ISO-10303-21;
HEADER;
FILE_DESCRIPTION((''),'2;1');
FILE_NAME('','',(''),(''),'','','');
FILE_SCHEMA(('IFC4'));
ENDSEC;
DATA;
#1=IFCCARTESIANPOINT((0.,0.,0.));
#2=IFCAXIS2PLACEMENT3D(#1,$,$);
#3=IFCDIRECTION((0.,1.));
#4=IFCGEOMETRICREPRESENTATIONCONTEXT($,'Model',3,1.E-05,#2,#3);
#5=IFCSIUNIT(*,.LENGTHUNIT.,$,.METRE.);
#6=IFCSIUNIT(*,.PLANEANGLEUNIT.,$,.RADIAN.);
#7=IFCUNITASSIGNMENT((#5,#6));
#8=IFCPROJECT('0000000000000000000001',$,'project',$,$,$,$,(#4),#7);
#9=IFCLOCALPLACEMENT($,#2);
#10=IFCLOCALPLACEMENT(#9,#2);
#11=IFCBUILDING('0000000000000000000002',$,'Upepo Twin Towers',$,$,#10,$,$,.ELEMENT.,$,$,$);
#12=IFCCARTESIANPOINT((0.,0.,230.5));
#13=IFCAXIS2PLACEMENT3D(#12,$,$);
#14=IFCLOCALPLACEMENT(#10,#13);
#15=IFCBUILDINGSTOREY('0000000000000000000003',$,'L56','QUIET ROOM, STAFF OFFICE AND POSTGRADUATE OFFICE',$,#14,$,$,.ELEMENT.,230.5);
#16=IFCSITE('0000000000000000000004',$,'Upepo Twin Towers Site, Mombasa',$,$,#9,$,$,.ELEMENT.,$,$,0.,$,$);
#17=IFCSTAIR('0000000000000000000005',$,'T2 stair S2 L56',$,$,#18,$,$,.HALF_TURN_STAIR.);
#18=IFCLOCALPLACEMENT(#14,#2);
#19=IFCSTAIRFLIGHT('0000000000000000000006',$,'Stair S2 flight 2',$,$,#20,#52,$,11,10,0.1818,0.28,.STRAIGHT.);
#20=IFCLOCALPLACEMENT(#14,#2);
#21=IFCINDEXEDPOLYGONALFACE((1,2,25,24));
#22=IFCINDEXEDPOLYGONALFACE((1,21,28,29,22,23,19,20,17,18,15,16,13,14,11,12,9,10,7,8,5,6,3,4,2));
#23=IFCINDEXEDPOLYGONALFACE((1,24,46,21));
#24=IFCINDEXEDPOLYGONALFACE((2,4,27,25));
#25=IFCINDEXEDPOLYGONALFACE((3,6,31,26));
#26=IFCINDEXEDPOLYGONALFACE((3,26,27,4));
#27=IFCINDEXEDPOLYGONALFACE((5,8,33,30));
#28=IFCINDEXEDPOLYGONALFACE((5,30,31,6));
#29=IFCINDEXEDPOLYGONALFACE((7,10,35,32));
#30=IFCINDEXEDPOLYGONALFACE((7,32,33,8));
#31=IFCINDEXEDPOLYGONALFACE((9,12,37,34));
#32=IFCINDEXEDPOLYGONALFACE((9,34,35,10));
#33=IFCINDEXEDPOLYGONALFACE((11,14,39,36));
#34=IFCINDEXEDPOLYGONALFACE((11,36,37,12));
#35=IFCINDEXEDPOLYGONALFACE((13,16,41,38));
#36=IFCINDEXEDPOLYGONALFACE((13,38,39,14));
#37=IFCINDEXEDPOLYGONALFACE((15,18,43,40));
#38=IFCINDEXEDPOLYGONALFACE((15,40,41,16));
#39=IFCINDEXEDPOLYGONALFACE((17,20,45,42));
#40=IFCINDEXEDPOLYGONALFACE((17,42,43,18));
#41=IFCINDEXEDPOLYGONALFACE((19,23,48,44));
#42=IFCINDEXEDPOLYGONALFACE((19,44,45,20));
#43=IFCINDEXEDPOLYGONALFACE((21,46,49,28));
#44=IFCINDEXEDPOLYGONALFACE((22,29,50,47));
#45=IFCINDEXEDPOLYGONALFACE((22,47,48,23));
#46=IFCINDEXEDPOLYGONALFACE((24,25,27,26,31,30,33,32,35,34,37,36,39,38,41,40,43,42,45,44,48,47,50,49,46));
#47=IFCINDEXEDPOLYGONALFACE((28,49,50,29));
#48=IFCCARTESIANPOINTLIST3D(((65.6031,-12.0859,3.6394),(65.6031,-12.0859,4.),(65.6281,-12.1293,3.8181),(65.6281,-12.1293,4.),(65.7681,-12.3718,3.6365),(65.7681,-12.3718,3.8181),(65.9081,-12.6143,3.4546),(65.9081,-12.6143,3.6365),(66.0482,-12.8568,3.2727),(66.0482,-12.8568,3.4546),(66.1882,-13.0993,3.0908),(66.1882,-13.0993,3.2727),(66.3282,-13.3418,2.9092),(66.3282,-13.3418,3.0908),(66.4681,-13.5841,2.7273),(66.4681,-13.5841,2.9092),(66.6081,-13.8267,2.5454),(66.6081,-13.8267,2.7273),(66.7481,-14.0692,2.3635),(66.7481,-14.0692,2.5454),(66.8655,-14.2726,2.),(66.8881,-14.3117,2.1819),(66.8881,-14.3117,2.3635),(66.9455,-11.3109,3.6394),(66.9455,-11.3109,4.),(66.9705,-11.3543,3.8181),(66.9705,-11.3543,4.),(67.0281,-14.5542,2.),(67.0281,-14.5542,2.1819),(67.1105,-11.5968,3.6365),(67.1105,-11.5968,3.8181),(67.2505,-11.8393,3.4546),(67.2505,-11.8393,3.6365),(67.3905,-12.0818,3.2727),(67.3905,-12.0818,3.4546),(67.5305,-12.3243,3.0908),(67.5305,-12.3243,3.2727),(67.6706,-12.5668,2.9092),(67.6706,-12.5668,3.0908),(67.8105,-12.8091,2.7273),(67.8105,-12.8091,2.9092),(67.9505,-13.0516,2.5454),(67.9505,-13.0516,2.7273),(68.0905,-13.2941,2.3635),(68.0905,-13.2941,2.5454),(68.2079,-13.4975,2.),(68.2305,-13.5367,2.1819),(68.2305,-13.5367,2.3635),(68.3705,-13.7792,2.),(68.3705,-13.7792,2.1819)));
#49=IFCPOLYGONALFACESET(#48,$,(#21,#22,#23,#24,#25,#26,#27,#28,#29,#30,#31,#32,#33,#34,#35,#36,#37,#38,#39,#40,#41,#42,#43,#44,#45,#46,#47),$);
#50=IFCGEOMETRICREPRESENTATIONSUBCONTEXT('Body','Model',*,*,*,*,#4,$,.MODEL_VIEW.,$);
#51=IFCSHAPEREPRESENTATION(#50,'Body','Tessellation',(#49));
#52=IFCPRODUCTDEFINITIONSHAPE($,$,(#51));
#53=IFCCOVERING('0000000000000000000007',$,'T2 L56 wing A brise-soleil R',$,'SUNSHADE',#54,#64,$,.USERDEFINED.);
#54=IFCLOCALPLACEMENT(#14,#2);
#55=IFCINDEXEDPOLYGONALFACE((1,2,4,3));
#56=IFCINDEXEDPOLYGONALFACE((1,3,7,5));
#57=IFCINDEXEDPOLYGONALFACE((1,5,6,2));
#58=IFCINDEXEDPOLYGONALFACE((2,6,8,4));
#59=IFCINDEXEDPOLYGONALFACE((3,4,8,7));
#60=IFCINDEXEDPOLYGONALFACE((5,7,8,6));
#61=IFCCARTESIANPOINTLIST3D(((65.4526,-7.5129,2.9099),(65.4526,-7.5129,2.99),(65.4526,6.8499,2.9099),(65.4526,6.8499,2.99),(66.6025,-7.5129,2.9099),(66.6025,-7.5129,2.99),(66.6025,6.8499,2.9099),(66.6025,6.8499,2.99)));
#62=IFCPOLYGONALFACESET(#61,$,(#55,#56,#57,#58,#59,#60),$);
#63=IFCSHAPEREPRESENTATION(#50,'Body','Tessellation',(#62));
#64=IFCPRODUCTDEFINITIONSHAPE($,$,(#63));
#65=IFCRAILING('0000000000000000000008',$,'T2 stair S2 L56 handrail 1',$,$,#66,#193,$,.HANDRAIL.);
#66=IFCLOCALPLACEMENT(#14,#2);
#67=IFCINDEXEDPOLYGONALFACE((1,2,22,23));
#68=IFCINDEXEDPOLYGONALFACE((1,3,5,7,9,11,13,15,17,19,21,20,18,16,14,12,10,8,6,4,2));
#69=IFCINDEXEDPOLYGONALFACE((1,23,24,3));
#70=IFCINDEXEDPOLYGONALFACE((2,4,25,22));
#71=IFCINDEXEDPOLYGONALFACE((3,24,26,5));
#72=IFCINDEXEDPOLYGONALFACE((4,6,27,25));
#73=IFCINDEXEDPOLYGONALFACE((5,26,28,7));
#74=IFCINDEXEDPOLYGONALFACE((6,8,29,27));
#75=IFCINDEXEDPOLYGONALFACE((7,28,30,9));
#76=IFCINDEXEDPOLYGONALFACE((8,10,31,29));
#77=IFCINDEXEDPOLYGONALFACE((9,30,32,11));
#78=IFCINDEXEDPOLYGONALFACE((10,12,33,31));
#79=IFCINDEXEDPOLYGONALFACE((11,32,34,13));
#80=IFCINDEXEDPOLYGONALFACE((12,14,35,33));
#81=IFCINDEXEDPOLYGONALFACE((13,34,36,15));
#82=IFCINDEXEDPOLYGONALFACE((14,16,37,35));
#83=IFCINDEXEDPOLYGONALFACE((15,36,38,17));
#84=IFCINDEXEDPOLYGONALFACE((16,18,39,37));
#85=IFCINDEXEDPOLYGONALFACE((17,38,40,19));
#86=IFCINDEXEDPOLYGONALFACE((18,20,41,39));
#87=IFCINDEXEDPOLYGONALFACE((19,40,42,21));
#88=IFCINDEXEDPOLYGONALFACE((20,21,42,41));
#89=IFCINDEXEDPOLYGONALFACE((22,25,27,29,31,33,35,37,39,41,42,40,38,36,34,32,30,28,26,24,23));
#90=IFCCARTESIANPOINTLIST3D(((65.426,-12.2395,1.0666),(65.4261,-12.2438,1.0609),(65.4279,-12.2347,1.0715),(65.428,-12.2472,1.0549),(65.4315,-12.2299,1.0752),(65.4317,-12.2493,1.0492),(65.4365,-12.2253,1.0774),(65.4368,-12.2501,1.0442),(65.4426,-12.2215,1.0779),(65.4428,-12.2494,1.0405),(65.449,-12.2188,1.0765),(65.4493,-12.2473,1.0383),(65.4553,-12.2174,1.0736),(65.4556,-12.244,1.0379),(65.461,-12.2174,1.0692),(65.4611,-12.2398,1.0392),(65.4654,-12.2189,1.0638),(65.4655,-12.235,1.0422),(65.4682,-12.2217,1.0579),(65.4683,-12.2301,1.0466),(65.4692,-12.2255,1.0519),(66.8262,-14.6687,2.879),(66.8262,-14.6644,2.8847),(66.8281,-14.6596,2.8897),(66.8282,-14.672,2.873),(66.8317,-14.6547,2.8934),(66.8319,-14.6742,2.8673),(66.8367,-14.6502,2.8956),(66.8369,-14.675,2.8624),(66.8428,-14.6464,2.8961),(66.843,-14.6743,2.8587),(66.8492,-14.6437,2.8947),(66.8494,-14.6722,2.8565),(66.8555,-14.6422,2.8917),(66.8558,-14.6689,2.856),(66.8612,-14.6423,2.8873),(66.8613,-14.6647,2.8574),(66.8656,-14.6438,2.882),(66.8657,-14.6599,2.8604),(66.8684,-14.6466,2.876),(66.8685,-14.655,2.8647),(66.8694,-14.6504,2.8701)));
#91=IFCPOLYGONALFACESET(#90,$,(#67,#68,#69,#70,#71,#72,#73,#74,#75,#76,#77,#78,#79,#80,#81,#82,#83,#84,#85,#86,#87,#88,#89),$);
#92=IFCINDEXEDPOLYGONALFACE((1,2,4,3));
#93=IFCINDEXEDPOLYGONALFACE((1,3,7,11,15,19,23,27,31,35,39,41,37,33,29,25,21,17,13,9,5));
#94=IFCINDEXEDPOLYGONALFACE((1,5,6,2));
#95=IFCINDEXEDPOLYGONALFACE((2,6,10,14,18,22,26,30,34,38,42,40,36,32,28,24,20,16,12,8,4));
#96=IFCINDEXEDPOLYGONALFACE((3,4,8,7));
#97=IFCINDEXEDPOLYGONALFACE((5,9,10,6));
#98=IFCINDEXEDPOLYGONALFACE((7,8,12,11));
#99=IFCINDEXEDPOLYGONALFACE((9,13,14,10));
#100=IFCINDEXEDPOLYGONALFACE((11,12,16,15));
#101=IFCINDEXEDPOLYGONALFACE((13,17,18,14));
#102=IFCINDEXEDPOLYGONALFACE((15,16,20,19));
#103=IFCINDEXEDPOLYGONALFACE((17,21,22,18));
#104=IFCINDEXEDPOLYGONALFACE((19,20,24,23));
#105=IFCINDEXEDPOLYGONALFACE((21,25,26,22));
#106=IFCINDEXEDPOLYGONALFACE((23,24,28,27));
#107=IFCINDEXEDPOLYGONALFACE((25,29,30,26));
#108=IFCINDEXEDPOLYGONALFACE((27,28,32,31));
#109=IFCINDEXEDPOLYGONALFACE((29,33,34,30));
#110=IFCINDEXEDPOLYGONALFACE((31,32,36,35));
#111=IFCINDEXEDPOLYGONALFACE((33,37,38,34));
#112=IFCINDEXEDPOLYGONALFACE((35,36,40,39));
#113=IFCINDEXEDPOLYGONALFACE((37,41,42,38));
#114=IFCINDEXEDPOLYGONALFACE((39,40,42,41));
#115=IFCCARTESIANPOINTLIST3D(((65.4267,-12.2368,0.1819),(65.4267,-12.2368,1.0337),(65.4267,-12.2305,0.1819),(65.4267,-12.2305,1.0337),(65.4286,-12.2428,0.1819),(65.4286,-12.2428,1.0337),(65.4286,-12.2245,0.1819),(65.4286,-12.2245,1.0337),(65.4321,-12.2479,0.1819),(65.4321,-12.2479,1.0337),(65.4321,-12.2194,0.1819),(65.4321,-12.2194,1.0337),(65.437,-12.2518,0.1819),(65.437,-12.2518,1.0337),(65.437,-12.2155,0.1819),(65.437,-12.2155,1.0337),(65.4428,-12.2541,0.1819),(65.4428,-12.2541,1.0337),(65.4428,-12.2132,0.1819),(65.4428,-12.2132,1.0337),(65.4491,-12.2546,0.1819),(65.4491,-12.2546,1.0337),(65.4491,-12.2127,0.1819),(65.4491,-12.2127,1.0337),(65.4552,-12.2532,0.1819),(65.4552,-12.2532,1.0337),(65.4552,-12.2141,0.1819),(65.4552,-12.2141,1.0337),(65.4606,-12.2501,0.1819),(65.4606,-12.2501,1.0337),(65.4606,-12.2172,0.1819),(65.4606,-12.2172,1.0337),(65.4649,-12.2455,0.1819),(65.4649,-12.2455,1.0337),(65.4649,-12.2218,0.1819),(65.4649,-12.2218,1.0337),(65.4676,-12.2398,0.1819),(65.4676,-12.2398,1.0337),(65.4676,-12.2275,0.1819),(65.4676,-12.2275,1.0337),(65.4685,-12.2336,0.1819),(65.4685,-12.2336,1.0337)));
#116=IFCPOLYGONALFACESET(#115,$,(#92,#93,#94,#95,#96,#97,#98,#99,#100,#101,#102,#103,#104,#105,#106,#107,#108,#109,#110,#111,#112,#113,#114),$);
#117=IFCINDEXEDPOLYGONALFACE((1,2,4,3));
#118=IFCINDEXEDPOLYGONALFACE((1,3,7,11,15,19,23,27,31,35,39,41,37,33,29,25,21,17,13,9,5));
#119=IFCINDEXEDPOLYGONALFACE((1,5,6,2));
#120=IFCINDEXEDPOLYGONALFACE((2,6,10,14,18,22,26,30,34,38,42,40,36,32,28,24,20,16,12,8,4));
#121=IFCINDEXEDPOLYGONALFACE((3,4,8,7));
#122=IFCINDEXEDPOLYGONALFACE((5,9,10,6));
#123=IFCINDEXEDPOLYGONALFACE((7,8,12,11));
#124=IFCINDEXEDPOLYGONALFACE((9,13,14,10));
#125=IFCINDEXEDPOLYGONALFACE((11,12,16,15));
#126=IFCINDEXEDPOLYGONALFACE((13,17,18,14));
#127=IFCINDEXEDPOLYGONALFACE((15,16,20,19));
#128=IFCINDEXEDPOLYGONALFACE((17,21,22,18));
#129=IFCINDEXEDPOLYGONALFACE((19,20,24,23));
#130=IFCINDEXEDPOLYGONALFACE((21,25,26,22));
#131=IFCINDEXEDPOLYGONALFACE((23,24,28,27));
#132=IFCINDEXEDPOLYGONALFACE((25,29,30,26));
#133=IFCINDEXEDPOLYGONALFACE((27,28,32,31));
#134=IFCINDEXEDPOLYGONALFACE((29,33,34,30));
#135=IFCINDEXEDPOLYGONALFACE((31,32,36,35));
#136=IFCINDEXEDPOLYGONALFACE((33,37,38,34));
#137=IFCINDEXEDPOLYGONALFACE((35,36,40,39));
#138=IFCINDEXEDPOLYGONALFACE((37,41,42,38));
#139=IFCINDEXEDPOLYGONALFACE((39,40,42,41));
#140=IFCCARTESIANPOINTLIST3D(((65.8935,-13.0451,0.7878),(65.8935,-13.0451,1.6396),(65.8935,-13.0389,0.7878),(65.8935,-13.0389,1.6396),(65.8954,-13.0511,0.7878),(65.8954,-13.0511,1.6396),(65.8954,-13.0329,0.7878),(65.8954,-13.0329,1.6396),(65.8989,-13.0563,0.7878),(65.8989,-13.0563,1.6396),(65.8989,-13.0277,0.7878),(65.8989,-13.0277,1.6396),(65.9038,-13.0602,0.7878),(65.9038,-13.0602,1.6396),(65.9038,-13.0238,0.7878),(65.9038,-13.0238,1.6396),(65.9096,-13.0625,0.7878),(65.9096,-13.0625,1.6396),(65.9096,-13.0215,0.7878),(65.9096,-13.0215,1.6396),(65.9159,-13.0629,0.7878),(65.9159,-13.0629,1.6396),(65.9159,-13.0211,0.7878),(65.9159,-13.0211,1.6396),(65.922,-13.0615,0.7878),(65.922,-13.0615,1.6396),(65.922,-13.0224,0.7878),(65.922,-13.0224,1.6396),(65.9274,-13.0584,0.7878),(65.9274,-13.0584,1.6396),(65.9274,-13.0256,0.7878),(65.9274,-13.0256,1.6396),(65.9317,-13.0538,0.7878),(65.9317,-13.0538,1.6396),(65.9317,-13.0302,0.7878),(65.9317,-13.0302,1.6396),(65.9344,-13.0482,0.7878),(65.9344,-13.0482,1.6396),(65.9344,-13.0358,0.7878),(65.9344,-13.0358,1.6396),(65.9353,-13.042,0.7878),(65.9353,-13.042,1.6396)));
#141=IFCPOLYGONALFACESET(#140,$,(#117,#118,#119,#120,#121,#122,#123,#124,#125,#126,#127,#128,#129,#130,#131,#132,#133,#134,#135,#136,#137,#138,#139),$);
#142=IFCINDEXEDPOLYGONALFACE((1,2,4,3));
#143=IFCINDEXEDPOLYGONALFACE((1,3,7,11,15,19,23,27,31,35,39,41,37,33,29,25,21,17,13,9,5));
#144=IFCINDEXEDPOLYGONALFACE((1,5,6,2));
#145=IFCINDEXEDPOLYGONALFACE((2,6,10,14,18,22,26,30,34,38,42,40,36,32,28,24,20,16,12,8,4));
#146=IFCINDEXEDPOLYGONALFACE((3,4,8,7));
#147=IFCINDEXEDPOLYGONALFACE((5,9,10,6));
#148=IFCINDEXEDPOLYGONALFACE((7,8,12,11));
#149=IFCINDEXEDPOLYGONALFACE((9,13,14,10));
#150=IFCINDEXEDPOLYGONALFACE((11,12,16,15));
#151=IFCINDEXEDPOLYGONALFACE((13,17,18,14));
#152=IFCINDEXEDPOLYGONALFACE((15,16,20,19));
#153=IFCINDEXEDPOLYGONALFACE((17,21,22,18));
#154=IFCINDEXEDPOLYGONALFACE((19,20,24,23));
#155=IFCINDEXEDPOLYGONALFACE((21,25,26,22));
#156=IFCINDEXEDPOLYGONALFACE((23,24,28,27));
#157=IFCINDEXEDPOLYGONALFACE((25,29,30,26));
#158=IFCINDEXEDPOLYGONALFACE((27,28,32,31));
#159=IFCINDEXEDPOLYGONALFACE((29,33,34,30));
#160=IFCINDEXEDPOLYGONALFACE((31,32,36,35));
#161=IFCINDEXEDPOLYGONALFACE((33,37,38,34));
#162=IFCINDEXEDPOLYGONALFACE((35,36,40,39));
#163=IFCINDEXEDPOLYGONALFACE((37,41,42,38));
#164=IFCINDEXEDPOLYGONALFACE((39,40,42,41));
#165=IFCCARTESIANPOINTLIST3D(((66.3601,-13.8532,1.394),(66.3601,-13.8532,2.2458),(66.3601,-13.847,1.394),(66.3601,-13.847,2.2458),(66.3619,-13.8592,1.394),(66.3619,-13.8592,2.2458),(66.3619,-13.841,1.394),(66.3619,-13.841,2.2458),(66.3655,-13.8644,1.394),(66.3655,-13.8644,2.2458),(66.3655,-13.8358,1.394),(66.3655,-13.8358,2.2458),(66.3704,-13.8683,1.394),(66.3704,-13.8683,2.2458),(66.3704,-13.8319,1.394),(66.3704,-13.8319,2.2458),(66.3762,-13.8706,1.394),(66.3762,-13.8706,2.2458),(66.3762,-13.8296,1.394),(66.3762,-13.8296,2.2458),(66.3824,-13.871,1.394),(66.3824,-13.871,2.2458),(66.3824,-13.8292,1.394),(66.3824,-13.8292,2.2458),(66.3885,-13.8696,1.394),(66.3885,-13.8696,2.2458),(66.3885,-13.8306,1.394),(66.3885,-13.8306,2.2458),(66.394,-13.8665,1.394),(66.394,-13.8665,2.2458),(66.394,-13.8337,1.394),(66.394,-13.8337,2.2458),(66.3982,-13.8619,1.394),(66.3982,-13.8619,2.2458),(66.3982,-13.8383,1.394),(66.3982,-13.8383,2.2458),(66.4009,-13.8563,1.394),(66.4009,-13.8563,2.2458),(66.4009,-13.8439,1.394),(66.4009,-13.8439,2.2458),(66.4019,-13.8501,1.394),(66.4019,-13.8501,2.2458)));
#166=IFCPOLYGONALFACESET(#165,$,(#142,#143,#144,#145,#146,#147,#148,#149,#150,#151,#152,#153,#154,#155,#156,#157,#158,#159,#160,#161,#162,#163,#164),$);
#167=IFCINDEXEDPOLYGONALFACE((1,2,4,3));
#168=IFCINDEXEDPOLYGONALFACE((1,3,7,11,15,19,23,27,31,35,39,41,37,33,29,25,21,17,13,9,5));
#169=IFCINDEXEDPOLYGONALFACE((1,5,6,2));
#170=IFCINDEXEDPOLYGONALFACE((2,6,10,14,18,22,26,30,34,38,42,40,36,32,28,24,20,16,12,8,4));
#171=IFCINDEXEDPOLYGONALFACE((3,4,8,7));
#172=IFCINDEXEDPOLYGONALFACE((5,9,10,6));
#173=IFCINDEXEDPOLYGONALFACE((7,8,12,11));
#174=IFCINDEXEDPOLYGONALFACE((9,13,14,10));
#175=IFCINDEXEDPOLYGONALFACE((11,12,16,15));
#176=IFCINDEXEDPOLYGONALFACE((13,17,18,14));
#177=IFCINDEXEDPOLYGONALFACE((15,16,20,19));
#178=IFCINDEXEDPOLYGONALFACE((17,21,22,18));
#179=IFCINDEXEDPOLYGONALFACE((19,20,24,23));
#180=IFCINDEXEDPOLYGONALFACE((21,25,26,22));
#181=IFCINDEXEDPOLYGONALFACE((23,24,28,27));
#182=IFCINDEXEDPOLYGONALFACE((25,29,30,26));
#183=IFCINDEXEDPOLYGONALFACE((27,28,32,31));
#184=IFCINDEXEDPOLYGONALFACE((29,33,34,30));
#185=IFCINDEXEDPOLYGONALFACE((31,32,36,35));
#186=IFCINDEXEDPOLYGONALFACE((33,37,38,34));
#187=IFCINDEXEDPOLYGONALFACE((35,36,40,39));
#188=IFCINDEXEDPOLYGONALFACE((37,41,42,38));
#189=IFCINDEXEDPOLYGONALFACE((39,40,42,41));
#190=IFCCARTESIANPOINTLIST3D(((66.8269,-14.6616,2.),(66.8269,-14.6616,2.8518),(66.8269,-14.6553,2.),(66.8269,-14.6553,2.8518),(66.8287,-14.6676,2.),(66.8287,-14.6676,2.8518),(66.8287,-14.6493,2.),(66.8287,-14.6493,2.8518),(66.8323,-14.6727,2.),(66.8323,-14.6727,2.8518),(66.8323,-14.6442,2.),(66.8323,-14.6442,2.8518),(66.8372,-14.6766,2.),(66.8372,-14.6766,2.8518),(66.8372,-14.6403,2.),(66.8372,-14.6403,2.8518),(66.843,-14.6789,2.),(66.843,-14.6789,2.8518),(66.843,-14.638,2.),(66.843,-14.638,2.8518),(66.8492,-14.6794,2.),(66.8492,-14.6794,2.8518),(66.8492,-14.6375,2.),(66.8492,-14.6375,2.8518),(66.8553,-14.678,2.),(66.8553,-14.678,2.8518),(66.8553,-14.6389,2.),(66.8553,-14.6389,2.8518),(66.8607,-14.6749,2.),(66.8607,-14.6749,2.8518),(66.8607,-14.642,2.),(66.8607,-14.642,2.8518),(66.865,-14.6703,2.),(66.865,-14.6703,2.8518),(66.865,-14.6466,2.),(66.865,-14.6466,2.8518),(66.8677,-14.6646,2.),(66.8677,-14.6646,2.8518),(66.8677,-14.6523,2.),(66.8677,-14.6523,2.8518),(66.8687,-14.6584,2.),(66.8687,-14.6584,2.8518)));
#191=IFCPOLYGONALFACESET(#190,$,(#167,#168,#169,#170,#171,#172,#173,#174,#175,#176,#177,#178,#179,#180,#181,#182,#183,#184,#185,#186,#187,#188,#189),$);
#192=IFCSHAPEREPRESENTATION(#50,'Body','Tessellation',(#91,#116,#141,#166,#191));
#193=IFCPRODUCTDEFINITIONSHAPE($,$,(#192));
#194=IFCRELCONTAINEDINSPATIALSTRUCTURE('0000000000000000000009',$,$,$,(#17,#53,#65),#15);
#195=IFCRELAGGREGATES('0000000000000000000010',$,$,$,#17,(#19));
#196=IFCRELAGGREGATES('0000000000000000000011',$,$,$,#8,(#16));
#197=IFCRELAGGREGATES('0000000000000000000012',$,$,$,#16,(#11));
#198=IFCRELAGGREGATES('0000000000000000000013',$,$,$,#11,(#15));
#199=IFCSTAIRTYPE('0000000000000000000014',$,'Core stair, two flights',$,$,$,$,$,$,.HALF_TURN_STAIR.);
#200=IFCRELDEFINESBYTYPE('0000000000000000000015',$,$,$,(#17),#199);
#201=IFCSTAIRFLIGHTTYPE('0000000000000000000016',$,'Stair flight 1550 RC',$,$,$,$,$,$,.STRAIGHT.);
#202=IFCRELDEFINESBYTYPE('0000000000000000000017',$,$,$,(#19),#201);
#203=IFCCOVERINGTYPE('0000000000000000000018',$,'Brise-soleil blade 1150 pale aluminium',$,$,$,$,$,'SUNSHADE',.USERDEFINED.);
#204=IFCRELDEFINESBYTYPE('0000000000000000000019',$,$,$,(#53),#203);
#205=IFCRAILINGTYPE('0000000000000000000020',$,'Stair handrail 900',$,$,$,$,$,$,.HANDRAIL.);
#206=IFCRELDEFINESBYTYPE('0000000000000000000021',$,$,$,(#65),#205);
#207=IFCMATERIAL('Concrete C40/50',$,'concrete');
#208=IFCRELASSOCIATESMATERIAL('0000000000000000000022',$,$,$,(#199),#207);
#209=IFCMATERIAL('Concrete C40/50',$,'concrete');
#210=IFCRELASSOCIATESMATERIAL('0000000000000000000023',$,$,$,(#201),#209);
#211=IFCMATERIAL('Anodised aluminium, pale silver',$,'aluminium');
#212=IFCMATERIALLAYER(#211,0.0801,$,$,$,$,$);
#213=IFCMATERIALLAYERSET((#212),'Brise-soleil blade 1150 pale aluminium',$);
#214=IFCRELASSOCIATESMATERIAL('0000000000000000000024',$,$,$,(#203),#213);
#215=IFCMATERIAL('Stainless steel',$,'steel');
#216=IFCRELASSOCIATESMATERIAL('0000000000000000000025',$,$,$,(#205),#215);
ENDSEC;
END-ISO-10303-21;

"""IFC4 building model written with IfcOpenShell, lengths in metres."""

from ifc_helpers import new_model, si_unit, direction, frame, origin, origin_2d, place, context, subcontext, project, spatial, polyline, rectangle, circle, outline, extrude, material, layer, layer_set, type_object, element, aggregate, save


model = new_model("IFC4")

# Units and contexts
model_context = context("Model", 3, precision=1e-05, world=origin(), true_north=direction((0.0, 1.0)))
body_context = subcontext(model_context, "Body", "Model", "MODEL_VIEW")
ifc_project = project(units=[si_unit("LENGTHUNIT", "METRE"), si_unit("PLANEANGLEUNIT", "RADIAN")], contexts=[model_context])

# Site, building, storey
site_placement = place(None, origin())
site = spatial("IfcSite", under=ifc_project, at=site_placement, Name="Upepo Twin Towers Site, Mombasa", CompositionType="ELEMENT", RefElevation=0.0)
building_placement = place(site_placement, origin())
building = spatial("IfcBuilding", under=site, at=building_placement, Name="Upepo Twin Towers", CompositionType="ELEMENT")
storey_placement = place(building_placement, frame((0.0, 0.0, 230.5)))
storey = spatial("IfcBuildingStorey", under=building, at=storey_placement, Name="L56", Description="QUIET ROOM, STAFF OFFICE AND POSTGRADUATE OFFICE", CompositionType="ELEMENT", Elevation=230.5)

# Stair, stair flight
ifc_material_1 = material(Name="Concrete C40/50", Category="concrete")
stair_type = type_object("IfcStairType", Name="Core stair, two flights", PredefinedType="HALF_TURN_STAIR", material=ifc_material_1)
stair_placement = place(storey_placement, origin())
stair = element("IfcStair", 1, at=stair_placement, inside=storey, type_object=stair_type, Name="T2 stair S2 L56", PredefinedType="HALF_TURN_STAIR")
ifc_material_2 = material(Name="Concrete C40/50", Category="concrete")
stair_flight_type = type_object("IfcStairFlightType", Name="Stair flight 1550 RC", PredefinedType="STRAIGHT", material=ifc_material_2)
stair_flight_1_placement = place(storey_placement, frame((67.6992, -14.1667, 2.0), z_axis=(0.0, 0.0, 1.0), x_axis=(-0.5, 0.866025, 0.0)))
stair_flight_1 = element("IfcStairFlight", 2, at=stair_flight_1_placement, type_object=stair_flight_type, Name="Stair S2 flight 2", NumberOfRisers=11, NumberOfTreads=10, PredefinedType="STRAIGHT", RiserHeight=0.1818, TreadLength=0.28, context=body_context, shape_type="SweptSolid", body=[
    extrude(outline(polyline([(0.0, 0.0), (0.0, 0.1819), (0.28, 0.1819), (0.28, 0.3635), (0.5601, 0.3635), (0.5601, 0.5454), (0.8401, 0.5454), (0.8401, 0.7273), (1.1201, 0.7273), (1.1201, 0.9092), (1.3999, 0.9092), (1.3999, 1.0908), (1.6799, 1.0908), (1.6799, 1.2727), (1.96, 1.2727), (1.96, 1.4546), (2.24, 1.4546), (2.24, 1.6365), (2.52, 1.6365), (2.52, 1.8181), (2.8, 1.8181), (2.8, 2.0), (2.8501, 2.0), (2.8501, 1.6394), (0.3252, 0.0), (0.0, 0.0)])), frame((0.0, 0.7749, 0.0), z_axis=(0.0, -1.0, 0.0), x_axis=(1.0, 0.0, 0.0)), (0.0, 0.0, 1.0), 1.55),
])
aggregate(stair, [stair_flight_1])

# Covering
ifc_material_3 = material(Name="Anodised aluminium, pale silver", Category="aluminium")
ifc_layer_1 = layer(ifc_material_3, 0.0801)
ifc_layer_set_1 = layer_set([ifc_layer_1], Name="Brise-soleil blade 1150 pale aluminium")
covering_type = type_object("IfcCoveringType", Name="Brise-soleil blade 1150 pale aluminium", ElementType="SUNSHADE", PredefinedType="USERDEFINED", material=ifc_layer_set_1)
covering_placement = place(storey_placement, frame((66.0276, -0.3315, 2.9099), z_axis=(0.0, 0.0, 1.0), x_axis=(0.0, 1.0, 0.0)))
element("IfcCovering", 3, at=covering_placement, inside=storey, type_object=covering_type, Name="T2 L56 wing A brise-soleil R", ObjectType="SUNSHADE", PredefinedType="USERDEFINED", context=body_context, shape_type="SweptSolid", body=[
    extrude(rectangle(XDim=14.3628, YDim=1.1499, at=origin_2d()), origin(), (0.0, 0.0, 1.0), 0.0801),
])

# Railing
ifc_material_4 = material(Name="Stainless steel", Category="steel")
railing_type = type_object("IfcRailingType", Name="Stair handrail 900", PredefinedType="HANDRAIL", material=ifc_material_4)
railing_1_placement = place(storey_placement, frame((65.4475, -12.2336, 0.1819)))
element("IfcRailing", 4, at=railing_1_placement, inside=storey, type_object=railing_type, Name="T2 stair S2 L56 handrail 1", PredefinedType="HANDRAIL", context=body_context, shape_type="SweptSolid", body=[
    extrude(circle(Radius=0.0239, at=origin_2d()), frame((0.0, 0.0, 0.876), z_axis=(0.419393, -0.726314, 0.544589), x_axis=(0.865997, 0.50005, 0.0)), (0.0, 0.0, 1.0), 3.3386),
    extrude(circle(Radius=0.021, at=origin_2d()), origin(), (0.0, 0.0, 1.0), 0.8518),
    extrude(circle(Radius=0.021, at=origin_2d()), frame((0.4668, -0.8083, 0.606)), (0.0, 0.0, 1.0), 0.8518),
    extrude(circle(Radius=0.021, at=origin_2d()), frame((0.9333, -1.6165, 1.2122)), (0.0, 0.0, 1.0), 0.8518),
    extrude(circle(Radius=0.021, at=origin_2d()), frame((1.4001, -2.4248, 1.8181)), (0.0, 0.0, 1.0), 0.8518),
])

save(model, "model.ifc")
